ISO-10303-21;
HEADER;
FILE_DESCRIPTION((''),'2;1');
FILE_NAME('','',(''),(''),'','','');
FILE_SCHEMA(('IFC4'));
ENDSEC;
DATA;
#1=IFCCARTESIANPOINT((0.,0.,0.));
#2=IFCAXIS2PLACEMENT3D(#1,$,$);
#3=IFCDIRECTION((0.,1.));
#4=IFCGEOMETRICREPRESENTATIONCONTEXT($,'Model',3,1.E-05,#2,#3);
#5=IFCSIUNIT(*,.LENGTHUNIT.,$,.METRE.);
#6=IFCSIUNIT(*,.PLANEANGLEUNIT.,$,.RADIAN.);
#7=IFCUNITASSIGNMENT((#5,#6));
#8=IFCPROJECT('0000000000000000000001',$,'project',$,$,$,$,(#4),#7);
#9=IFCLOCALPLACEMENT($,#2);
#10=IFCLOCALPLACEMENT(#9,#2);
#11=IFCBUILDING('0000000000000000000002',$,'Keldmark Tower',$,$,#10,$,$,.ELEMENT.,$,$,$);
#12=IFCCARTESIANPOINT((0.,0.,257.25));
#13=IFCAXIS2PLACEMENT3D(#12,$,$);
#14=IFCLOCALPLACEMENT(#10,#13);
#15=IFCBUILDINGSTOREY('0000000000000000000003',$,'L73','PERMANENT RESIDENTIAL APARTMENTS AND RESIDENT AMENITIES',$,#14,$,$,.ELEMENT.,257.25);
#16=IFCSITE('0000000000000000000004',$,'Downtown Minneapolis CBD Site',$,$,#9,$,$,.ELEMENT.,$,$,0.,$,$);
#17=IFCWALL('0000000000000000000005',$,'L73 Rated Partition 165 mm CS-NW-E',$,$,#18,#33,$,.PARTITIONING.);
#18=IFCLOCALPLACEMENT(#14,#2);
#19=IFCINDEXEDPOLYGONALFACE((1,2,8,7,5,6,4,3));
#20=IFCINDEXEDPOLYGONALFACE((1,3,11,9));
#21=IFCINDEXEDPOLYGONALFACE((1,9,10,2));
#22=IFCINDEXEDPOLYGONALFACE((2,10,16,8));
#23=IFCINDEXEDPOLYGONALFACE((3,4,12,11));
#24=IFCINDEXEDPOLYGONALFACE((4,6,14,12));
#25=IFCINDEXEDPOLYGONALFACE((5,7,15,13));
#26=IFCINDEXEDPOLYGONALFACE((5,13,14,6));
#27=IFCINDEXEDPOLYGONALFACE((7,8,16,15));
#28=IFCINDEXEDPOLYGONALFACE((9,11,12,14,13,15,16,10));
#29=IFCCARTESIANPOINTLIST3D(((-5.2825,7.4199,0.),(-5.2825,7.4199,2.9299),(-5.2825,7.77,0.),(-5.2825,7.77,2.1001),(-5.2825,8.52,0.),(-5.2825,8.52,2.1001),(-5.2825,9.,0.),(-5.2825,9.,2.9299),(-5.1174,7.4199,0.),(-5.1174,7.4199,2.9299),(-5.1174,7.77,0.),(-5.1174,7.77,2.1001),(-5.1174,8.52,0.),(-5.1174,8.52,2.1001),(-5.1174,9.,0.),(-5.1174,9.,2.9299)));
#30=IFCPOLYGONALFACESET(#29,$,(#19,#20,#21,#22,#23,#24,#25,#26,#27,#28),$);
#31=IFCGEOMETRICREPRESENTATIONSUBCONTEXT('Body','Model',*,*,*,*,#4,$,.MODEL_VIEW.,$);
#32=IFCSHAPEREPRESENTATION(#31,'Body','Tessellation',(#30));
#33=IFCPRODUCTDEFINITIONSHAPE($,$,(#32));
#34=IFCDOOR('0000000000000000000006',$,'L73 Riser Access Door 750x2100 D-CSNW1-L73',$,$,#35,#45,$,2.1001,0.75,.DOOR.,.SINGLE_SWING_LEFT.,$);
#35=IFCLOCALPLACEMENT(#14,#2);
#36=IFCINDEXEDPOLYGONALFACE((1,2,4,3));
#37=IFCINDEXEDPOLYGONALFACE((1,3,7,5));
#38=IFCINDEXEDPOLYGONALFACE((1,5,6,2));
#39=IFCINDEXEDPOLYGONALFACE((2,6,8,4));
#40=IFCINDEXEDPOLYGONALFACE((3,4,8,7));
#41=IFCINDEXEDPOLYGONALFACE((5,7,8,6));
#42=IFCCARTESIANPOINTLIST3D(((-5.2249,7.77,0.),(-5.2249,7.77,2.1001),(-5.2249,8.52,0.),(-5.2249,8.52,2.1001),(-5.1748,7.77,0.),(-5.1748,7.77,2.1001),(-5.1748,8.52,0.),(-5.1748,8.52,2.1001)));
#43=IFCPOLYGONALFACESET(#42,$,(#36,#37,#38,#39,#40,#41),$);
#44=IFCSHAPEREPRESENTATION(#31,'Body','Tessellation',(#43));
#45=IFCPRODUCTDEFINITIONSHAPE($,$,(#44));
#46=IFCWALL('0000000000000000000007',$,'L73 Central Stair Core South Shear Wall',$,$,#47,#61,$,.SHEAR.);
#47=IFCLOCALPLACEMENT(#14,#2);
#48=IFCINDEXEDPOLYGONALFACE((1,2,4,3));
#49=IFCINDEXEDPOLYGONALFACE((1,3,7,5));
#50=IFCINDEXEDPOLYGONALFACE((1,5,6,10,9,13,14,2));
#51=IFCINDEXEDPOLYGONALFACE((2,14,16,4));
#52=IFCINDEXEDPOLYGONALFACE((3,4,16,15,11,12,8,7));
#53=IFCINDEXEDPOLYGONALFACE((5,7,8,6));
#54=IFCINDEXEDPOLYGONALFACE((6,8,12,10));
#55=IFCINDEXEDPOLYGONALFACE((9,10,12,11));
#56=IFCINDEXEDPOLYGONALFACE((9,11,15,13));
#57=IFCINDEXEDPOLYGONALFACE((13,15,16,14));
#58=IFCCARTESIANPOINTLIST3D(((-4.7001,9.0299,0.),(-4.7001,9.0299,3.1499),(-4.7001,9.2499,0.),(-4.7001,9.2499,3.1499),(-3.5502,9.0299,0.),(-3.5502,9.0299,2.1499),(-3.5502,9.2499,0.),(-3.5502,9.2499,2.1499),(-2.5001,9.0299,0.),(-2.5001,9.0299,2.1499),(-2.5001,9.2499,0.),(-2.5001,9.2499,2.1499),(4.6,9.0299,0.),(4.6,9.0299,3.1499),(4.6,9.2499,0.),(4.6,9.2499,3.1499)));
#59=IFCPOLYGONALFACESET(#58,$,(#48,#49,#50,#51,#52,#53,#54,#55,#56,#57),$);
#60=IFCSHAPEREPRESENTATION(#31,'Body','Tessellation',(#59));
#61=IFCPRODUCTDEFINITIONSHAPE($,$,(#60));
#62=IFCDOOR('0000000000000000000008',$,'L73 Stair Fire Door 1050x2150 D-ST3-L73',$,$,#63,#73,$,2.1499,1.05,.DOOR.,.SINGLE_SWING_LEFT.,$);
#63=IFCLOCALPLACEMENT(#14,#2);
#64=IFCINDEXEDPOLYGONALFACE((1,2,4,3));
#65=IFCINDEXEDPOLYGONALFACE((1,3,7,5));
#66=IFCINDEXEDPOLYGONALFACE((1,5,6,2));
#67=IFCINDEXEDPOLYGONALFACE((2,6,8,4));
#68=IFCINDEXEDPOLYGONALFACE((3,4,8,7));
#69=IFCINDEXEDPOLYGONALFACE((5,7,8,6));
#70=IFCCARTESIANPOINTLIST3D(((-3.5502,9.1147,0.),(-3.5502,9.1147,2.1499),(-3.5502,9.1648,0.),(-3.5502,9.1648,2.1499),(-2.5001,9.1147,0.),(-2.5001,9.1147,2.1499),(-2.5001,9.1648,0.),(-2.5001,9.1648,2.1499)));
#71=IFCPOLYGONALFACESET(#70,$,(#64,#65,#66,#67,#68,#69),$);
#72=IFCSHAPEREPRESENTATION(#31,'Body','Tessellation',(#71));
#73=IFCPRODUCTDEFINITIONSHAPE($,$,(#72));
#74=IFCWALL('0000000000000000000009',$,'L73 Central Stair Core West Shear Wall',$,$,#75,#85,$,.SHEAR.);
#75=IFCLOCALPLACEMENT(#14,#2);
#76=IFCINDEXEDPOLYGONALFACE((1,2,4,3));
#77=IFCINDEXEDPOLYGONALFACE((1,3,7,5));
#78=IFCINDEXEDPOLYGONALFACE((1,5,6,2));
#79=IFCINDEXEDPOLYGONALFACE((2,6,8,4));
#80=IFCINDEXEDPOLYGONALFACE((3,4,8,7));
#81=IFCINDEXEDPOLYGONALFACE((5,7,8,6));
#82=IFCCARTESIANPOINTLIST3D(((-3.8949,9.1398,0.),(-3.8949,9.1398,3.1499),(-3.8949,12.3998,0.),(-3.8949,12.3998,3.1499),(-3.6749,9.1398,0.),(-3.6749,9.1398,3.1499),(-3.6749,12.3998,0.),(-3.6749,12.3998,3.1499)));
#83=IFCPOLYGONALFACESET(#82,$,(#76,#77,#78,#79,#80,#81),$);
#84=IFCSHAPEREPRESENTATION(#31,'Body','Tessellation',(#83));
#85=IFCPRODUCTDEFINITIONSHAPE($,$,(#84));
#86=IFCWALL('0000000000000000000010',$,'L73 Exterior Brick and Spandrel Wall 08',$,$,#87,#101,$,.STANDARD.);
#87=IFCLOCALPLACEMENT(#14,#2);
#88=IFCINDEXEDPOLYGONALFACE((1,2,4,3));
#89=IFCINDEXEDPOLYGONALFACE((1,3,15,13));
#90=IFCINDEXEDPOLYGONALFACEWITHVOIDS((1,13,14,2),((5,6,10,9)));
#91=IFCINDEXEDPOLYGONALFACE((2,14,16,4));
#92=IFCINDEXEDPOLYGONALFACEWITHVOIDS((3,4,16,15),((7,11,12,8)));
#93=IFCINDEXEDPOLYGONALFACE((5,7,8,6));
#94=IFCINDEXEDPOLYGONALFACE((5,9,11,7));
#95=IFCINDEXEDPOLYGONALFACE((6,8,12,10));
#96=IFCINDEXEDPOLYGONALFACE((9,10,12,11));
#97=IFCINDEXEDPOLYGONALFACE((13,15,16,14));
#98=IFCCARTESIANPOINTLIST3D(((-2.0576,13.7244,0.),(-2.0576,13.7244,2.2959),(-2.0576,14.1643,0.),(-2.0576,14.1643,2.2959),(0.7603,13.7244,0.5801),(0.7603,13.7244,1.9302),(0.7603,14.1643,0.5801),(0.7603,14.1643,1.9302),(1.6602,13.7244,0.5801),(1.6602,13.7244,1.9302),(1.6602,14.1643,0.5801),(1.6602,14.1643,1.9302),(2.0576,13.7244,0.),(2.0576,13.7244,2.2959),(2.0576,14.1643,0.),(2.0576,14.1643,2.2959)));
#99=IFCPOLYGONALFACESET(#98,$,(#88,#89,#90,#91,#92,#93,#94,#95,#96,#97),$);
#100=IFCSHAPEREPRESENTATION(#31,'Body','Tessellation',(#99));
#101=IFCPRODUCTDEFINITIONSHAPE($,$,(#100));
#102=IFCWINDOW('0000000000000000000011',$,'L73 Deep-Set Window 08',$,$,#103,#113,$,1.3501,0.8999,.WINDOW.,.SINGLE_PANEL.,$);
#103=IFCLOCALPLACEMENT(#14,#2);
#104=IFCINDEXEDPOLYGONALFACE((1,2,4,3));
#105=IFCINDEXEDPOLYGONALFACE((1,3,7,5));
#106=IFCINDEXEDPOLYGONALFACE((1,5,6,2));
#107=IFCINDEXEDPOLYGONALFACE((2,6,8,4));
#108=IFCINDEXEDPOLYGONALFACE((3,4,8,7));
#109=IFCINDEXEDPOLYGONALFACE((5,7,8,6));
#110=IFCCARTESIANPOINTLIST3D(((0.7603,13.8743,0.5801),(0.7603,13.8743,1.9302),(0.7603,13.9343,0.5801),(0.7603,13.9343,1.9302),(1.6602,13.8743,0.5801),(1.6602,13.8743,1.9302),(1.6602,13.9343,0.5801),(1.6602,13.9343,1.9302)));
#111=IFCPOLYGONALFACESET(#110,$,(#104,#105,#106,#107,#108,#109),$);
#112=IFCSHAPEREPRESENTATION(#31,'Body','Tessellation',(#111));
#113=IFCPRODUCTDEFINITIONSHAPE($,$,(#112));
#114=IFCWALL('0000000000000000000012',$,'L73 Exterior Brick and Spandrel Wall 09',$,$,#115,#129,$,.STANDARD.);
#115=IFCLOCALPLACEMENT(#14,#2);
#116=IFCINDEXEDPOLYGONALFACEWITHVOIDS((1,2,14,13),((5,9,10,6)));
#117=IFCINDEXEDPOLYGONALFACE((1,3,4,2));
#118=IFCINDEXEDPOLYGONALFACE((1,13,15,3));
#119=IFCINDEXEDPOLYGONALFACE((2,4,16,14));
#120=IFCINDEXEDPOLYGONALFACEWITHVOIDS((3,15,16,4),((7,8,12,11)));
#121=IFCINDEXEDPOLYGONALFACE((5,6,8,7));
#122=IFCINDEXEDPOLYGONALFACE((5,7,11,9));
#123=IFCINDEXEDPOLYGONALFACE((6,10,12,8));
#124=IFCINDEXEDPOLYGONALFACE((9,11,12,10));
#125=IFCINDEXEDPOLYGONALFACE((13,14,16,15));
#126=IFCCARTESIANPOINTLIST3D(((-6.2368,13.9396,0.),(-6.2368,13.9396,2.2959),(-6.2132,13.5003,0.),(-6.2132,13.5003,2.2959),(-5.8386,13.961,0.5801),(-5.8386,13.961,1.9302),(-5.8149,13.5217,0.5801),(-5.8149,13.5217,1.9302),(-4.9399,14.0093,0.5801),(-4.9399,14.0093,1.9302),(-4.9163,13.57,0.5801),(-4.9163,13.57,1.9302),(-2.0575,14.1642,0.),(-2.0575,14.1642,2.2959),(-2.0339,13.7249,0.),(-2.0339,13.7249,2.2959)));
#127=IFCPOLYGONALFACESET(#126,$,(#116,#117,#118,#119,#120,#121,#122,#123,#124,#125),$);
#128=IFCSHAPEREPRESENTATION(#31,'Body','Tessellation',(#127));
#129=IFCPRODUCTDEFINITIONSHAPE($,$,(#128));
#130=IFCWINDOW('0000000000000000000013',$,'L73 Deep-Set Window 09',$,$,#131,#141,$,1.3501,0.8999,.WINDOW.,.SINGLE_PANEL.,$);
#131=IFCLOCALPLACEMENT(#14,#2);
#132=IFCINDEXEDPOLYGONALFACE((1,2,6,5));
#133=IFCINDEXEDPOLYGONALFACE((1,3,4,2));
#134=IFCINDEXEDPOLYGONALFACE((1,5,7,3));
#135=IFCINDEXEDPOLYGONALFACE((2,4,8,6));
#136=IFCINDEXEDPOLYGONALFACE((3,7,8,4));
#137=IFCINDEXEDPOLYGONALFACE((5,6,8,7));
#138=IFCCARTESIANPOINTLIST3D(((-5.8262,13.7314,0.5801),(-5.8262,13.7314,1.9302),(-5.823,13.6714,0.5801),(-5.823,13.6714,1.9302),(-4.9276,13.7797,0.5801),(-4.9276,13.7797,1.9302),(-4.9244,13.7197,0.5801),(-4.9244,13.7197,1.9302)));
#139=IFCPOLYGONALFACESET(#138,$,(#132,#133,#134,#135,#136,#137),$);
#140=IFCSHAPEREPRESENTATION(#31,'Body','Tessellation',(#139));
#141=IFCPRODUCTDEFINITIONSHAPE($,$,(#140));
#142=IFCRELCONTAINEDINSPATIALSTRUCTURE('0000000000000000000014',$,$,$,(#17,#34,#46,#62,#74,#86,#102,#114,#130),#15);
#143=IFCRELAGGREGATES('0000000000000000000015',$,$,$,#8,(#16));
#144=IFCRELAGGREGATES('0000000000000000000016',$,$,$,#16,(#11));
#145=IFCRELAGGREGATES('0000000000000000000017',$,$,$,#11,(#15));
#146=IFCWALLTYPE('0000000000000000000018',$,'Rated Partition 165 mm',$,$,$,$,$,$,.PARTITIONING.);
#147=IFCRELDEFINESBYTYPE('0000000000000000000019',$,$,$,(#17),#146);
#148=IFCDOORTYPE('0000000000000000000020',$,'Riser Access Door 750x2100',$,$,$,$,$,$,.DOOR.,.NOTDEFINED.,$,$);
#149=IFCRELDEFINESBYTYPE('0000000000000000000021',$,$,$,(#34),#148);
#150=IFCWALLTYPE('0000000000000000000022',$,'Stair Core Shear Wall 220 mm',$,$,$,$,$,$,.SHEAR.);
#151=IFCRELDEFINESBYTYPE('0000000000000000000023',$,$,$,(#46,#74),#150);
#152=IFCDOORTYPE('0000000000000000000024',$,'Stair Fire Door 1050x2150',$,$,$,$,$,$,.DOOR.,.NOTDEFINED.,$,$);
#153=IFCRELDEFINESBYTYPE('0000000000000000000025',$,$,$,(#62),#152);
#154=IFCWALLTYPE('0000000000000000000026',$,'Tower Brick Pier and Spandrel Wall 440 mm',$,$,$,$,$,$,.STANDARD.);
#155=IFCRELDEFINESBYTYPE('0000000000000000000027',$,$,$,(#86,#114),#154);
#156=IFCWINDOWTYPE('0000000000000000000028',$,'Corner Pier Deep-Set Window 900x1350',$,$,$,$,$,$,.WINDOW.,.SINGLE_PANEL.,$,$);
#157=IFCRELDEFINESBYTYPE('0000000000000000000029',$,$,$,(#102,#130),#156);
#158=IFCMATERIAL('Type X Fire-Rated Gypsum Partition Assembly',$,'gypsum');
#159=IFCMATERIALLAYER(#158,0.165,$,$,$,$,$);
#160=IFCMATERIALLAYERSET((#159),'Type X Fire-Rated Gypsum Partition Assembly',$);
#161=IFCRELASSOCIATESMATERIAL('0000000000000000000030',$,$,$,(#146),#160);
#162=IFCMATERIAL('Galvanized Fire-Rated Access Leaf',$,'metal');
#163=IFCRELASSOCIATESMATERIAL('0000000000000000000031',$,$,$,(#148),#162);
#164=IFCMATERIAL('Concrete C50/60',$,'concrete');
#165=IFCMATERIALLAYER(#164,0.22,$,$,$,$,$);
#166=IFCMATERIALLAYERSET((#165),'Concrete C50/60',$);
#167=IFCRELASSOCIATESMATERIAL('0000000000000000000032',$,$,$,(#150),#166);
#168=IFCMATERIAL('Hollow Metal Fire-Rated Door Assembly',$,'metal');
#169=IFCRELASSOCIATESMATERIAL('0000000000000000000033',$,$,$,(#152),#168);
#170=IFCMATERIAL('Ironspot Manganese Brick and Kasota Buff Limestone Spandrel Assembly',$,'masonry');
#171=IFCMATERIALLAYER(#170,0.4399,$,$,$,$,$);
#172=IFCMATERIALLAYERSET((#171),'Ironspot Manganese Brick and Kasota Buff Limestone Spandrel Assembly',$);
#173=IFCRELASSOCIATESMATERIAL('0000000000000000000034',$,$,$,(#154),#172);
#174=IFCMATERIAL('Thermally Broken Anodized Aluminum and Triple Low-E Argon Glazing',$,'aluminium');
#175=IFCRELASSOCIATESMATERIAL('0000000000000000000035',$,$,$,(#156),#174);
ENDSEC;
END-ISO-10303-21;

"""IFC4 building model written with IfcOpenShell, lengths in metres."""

from ifc_helpers import new_model, si_unit, direction, frame, frame_2d, origin, place, context, subcontext, project, spatial, rectangle, extrude, material, layer, layer_set, type_object, element, fill, save


model = new_model("IFC4")

# Units and contexts
model_context = context("Model", 3, precision=1e-05, world=origin(), true_north=direction((0.0, 1.0)))
body_context = subcontext(model_context, "Body", "Model", "MODEL_VIEW")
ifc_project = project(units=[si_unit("LENGTHUNIT", "METRE"), si_unit("PLANEANGLEUNIT", "RADIAN")], contexts=[model_context])

# Site, building, storey
site_placement = place(None, origin())
site = spatial("IfcSite", under=ifc_project, at=site_placement, Name="Downtown Minneapolis CBD Site", CompositionType="ELEMENT", RefElevation=0.0)
building_placement = place(site_placement, origin())
building = spatial("IfcBuilding", under=site, at=building_placement, Name="Keldmark Tower", CompositionType="ELEMENT")
storey_placement = place(building_placement, frame((0.0, 0.0, 257.25)))
storey = spatial("IfcBuildingStorey", under=building, at=storey_placement, Name="L73", Description="PERMANENT RESIDENTIAL APARTMENTS AND RESIDENT AMENITIES", CompositionType="ELEMENT", Elevation=257.25)

# Shared definitions
ifc_material_1 = material(Name="Type X Fire-Rated Gypsum Partition Assembly", Category="gypsum")
ifc_layer_1 = layer(ifc_material_1, 0.165)
ifc_layer_set_1 = layer_set([ifc_layer_1], Name="Type X Fire-Rated Gypsum Partition Assembly")
wall_type_1 = type_object("IfcWallType", Name="Rated Partition 165 mm", PredefinedType="PARTITIONING", material=ifc_layer_set_1)

# Walls, openings, doors
wall_1_placement = place(storey_placement, frame((-5.2, 7.4199, 0.0), z_axis=(0.0, 0.0, 1.0), x_axis=(0.0, 1.0, 0.0)))
wall_1 = element("IfcWall", 1, at=wall_1_placement, inside=storey, type_object=wall_type_1, Name="L73 Rated Partition 165 mm CS-NW-E", PredefinedType="PARTITIONING", context=body_context, shape_type="SweptSolid", body=[
    extrude(rectangle(XDim=1.5801, YDim=0.165, at=frame_2d((0.79, 0.0))), origin(), (0.0, 0.0, 1.0), 2.9299),
])
opening_1_placement = place(wall_1_placement, frame((0.3501, 0.0, 0.0)))
opening_1 = element("IfcOpeningElement", 2, at=opening_1_placement, cuts=wall_1, PredefinedType="OPENING", context=body_context, shape_type="SweptSolid", body=[
    extrude(rectangle(XDim=0.75, YDim=2.1001, at=frame_2d((0.375, 1.05))), frame((0.0, 0.0925, 0.0), z_axis=(0.0, -1.0, 0.0), x_axis=(1.0, 0.0, 0.0)), (0.0, 0.0, 1.0), 0.1851),
])
ifc_material_2 = material(Name="Galvanized Fire-Rated Access Leaf", Category="metal")
door_type_1 = type_object("IfcDoorType", Name="Riser Access Door 750x2100", OperationType="NOTDEFINED", PredefinedType="DOOR", material=ifc_material_2)
door_1_placement = place(opening_1_placement, origin())
door_1 = element("IfcDoor", 3, at=door_1_placement, inside=storey, type_object=door_type_1, Name="L73 Riser Access Door 750x2100 D-CSNW1-L73", OperationType="SINGLE_SWING_LEFT", OverallHeight=2.1001, OverallWidth=0.75, PredefinedType="DOOR", context=body_context, shape_type="SweptSolid", body=[
    extrude(rectangle(XDim=0.75, YDim=2.1001, at=frame_2d((0.375, 1.05))), frame((0.0, 0.0249, 0.0), z_axis=(0.0, -1.0, 0.0), x_axis=(1.0, 0.0, 0.0)), (0.0, 0.0, 1.0), 0.05),
])
fill(opening_1, door_1)
ifc_material_3 = material(Name="Concrete C50/60", Category="concrete")
ifc_layer_2 = layer(ifc_material_3, 0.22)
ifc_layer_set_2 = layer_set([ifc_layer_2], Name="Concrete C50/60")
wall_type_2 = type_object("IfcWallType", Name="Stair Core Shear Wall 220 mm", PredefinedType="SHEAR", material=ifc_layer_set_2)
wall_2_placement = place(storey_placement, frame((-4.7, 9.1399, 0.0), z_axis=(0.0, 0.0, 1.0), x_axis=(1.0, 0.0, 0.0)))
wall_2 = element("IfcWall", 4, at=wall_2_placement, inside=storey, type_object=wall_type_2, Name="L73 Central Stair Core South Shear Wall", PredefinedType="SHEAR", context=body_context, shape_type="SweptSolid", body=[
    extrude(rectangle(XDim=9.3, YDim=0.22, at=frame_2d((4.6499, 0.0))), origin(), (0.0, 0.0, 1.0), 3.1499),
])
opening_2_placement = place(wall_2_placement, frame((1.1499, 0.0, 0.0)))
opening_2 = element("IfcOpeningElement", 5, at=opening_2_placement, cuts=wall_2, PredefinedType="OPENING", context=body_context, shape_type="SweptSolid", body=[
    extrude(rectangle(XDim=1.05, YDim=2.1499, at=frame_2d((0.5249, 1.075))), frame((0.0, 0.1199, 0.0), z_axis=(0.0, -1.0, 0.0), x_axis=(1.0, 0.0, 0.0)), (0.0, 0.0, 1.0), 0.24),
])
ifc_material_4 = material(Name="Hollow Metal Fire-Rated Door Assembly", Category="metal")
door_type_2 = type_object("IfcDoorType", Name="Stair Fire Door 1050x2150", OperationType="NOTDEFINED", PredefinedType="DOOR", material=ifc_material_4)
door_2_placement = place(opening_2_placement, origin())
door_2 = element("IfcDoor", 6, at=door_2_placement, inside=storey, type_object=door_type_2, Name="L73 Stair Fire Door 1050x2150 D-ST3-L73", OperationType="SINGLE_SWING_LEFT", OverallHeight=2.1499, OverallWidth=1.05, PredefinedType="DOOR", context=body_context, shape_type="SweptSolid", body=[
    extrude(rectangle(XDim=1.05, YDim=2.1499, at=frame_2d((0.5249, 1.075))), frame((0.0, 0.0249, 0.0), z_axis=(0.0, -1.0, 0.0), x_axis=(1.0, 0.0, 0.0)), (0.0, 0.0, 1.0), 0.05),
])
fill(opening_2, door_2)

# Wall
wall_3_placement = place(storey_placement, frame((-3.7849, 9.1399, 0.0), z_axis=(0.0, 0.0, 1.0), x_axis=(0.0, 1.0, 0.0)))
element("IfcWall", 7, at=wall_3_placement, inside=storey, type_object=wall_type_2, Name="L73 Central Stair Core West Shear Wall", PredefinedType="SHEAR", context=body_context, shape_type="SweptSolid", body=[
    extrude(rectangle(XDim=3.26, YDim=0.22, at=frame_2d((1.6299, 0.0))), origin(), (0.0, 0.0, 1.0), 3.1499),
])

# Walls, openings, windows
ifc_material_5 = material(Name="Ironspot Manganese Brick and Kasota Buff Limestone Spandrel Assembly", Category="masonry")
ifc_layer_3 = layer(ifc_material_5, 0.4399)
ifc_layer_set_3 = layer_set([ifc_layer_3], Name="Ironspot Manganese Brick and Kasota Buff Limestone Spandrel Assembly")
wall_type_3 = type_object("IfcWallType", Name="Tower Brick Pier and Spandrel Wall 440 mm", PredefinedType="STANDARD", material=ifc_layer_set_3)
wall_4_placement = place(storey_placement, frame((-2.0576, 13.9443, 0.0), z_axis=(0.0, 0.0, 1.0), x_axis=(1.0, 0.0, 0.0)))
wall_4 = element("IfcWall", 8, at=wall_4_placement, inside=storey, type_object=wall_type_3, Name="L73 Exterior Brick and Spandrel Wall 08", PredefinedType="STANDARD", context=body_context, shape_type="SweptSolid", body=[
    extrude(rectangle(XDim=4.1152, YDim=0.4399, at=frame_2d((2.0576, 0.0))), origin(), (0.0, 0.0, 1.0), 2.2959),
])
opening_3_placement = place(wall_4_placement, frame((2.8179, 0.0, 0.5801)))
opening_3 = element("IfcOpeningElement", 9, at=opening_3_placement, cuts=wall_4, PredefinedType="OPENING", context=body_context, shape_type="SweptSolid", body=[
    extrude(rectangle(XDim=0.8999, YDim=1.3501, at=frame_2d((0.45, 0.675))), frame((0.0, 0.23, 0.0), z_axis=(0.0, -1.0, 0.0), x_axis=(1.0, 0.0, 0.0)), (0.0, 0.0, 1.0), 0.46),
])
ifc_material_6 = material(Name="Thermally Broken Anodized Aluminum and Triple Low-E Argon Glazing", Category="aluminium")
window_type = type_object("IfcWindowType", Name="Corner Pier Deep-Set Window 900x1350", PartitioningType="SINGLE_PANEL", PredefinedType="WINDOW", material=ifc_material_6)
window_1_placement = place(opening_3_placement, origin())
window_1 = element("IfcWindow", 10, at=window_1_placement, inside=storey, type_object=window_type, Name="L73 Deep-Set Window 08", OverallHeight=1.3501, OverallWidth=0.8999, PartitioningType="SINGLE_PANEL", PredefinedType="WINDOW", context=body_context, shape_type="SweptSolid", body=[
    extrude(rectangle(XDim=0.8999, YDim=1.3501, at=frame_2d((0.45, 0.675))), frame((0.0, -0.01, 0.0), z_axis=(0.0, -1.0, 0.0), x_axis=(1.0, 0.0, 0.0)), (0.0, 0.0, 1.0), 0.0601),
])
fill(opening_3, window_1)
wall_5_placement = place(storey_placement, frame((-6.2251, 13.72, 0.0), z_axis=(0.0, 0.0, 1.0), x_axis=(0.998559, 0.053667, 0.0)))
wall_5 = element("IfcWall", 11, at=wall_5_placement, inside=storey, type_object=wall_type_3, Name="L73 Exterior Brick and Spandrel Wall 09", PredefinedType="STANDARD", context=body_context, shape_type="SweptSolid", body=[
    extrude(rectangle(XDim=4.1853, YDim=0.4399, at=frame_2d((2.0928, 0.0))), origin(), (0.0, 0.0, 1.0), 2.2959),
])
opening_4_placement = place(wall_5_placement, frame((0.3989, 0.0, 0.5801)))
opening_4 = element("IfcOpeningElement", 12, at=opening_4_placement, cuts=wall_5, PredefinedType="OPENING", context=body_context, shape_type="SweptSolid", body=[
    extrude(rectangle(XDim=0.8999, YDim=1.3501, at=frame_2d((0.45, 0.675))), frame((0.0, 0.23, 0.0), z_axis=(0.0, -1.0, 0.0), x_axis=(1.0, 0.0, 0.0)), (0.0, 0.0, 1.0), 0.46),
])
window_2_placement = place(opening_4_placement, origin())
window_2 = element("IfcWindow", 13, at=window_2_placement, inside=storey, type_object=window_type, Name="L73 Deep-Set Window 09", OverallHeight=1.3501, OverallWidth=0.8999, PartitioningType="SINGLE_PANEL", PredefinedType="WINDOW", context=body_context, shape_type="SweptSolid", body=[
    extrude(rectangle(XDim=0.8999, YDim=1.3501, at=frame_2d((0.45, 0.675))), frame((0.0, -0.01, 0.0), z_axis=(0.0, -1.0, 0.0), x_axis=(1.0, 0.0, 0.0)), (0.0, 0.0, 1.0), 0.0601),
])
fill(opening_4, window_2)

save(model, "model.ifc")
